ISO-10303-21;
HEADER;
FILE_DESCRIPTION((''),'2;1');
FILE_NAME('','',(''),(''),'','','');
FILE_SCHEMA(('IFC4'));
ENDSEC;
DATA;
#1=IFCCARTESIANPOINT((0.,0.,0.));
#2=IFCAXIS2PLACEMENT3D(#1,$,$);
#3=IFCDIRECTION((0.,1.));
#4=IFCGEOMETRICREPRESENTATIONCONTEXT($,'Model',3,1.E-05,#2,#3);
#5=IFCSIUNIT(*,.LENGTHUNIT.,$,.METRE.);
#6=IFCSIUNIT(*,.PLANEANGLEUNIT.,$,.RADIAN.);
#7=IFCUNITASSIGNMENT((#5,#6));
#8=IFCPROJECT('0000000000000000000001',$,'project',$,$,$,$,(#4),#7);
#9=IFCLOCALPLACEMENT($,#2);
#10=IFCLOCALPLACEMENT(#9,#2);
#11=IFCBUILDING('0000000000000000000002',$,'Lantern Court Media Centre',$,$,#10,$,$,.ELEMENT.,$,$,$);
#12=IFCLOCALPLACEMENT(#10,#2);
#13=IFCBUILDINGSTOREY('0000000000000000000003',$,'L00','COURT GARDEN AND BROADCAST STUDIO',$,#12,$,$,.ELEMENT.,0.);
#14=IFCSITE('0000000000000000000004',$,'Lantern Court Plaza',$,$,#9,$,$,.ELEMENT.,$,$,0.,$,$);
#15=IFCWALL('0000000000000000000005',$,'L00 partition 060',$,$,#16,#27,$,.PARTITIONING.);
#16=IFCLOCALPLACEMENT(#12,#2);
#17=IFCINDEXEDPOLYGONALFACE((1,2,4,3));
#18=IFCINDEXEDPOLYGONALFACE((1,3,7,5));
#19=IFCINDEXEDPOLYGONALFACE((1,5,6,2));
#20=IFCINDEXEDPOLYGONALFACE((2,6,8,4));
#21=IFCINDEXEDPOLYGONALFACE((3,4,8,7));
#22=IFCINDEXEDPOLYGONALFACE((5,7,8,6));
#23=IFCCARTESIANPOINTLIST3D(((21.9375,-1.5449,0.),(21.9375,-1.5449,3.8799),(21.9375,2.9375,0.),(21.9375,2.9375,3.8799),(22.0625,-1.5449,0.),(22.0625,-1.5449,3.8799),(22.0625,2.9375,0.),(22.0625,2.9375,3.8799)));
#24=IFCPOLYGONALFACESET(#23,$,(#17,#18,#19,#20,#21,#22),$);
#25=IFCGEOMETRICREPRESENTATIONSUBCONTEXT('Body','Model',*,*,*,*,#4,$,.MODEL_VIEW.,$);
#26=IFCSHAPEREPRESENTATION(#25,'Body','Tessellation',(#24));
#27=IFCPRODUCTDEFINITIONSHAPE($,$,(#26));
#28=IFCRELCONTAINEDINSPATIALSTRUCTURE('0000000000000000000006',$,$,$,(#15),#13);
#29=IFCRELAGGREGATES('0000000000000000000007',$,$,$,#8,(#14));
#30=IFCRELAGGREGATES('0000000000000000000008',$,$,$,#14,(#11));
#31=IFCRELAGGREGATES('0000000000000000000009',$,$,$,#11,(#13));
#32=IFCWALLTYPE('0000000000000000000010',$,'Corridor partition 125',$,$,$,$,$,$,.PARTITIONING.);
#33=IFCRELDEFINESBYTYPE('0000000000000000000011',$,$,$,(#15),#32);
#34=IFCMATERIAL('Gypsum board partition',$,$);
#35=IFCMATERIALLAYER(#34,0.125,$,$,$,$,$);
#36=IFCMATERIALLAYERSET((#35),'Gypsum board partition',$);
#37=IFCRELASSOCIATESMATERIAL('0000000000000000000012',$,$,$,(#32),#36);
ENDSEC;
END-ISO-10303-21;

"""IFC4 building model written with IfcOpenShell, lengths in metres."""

from ifc_helpers import new_model, si_unit, direction, frame, frame_2d, origin, place, context, subcontext, project, spatial, rectangle, extrude, material, layer, layer_set, type_object, element, save


model = new_model("IFC4")

# Units and contexts
model_context = context("Model", 3, precision=1e-05, world=origin(), true_north=direction((0.0, 1.0)))
body_context = subcontext(model_context, "Body", "Model", "MODEL_VIEW")
ifc_project = project(units=[si_unit("LENGTHUNIT", "METRE"), si_unit("PLANEANGLEUNIT", "RADIAN")], contexts=[model_context])

# Site, building, storey
site_placement = place(None, origin())
site = spatial("IfcSite", under=ifc_project, at=site_placement, Name="Lantern Court Plaza", CompositionType="ELEMENT", RefElevation=0.0)
building_placement = place(site_placement, origin())
building = spatial("IfcBuilding", under=site, at=building_placement, Name="Lantern Court Media Centre", CompositionType="ELEMENT")
storey_placement = place(building_placement, origin())
storey = spatial("IfcBuildingStorey", under=building, at=storey_placement, Name="L00", Description="COURT GARDEN AND BROADCAST STUDIO", CompositionType="ELEMENT", Elevation=0.0)

# Wall
ifc_material_1 = material(Name="Gypsum board partition")
ifc_layer_1 = layer(ifc_material_1, 0.125)
ifc_layer_set_1 = layer_set([ifc_layer_1], Name="Gypsum board partition")
wall_type = type_object("IfcWallType", Name="Corridor partition 125", PredefinedType="PARTITIONING", material=ifc_layer_set_1)
wall_placement = place(storey_placement, frame((22.0, -1.5449, 0.0), z_axis=(0.0, 0.0, 1.0), x_axis=(0.0, 1.0, 0.0)))
element("IfcWall", 1, at=wall_placement, inside=storey, type_object=wall_type, Name="L00 partition 060", PredefinedType="PARTITIONING", context=body_context, shape_type="SweptSolid", body=[
    extrude(rectangle(XDim=4.4824, YDim=0.125, at=frame_2d((2.2412, 0.0))), origin(), (0.0, 0.0, 1.0), 3.8799),
])

save(model, "model.ifc")
